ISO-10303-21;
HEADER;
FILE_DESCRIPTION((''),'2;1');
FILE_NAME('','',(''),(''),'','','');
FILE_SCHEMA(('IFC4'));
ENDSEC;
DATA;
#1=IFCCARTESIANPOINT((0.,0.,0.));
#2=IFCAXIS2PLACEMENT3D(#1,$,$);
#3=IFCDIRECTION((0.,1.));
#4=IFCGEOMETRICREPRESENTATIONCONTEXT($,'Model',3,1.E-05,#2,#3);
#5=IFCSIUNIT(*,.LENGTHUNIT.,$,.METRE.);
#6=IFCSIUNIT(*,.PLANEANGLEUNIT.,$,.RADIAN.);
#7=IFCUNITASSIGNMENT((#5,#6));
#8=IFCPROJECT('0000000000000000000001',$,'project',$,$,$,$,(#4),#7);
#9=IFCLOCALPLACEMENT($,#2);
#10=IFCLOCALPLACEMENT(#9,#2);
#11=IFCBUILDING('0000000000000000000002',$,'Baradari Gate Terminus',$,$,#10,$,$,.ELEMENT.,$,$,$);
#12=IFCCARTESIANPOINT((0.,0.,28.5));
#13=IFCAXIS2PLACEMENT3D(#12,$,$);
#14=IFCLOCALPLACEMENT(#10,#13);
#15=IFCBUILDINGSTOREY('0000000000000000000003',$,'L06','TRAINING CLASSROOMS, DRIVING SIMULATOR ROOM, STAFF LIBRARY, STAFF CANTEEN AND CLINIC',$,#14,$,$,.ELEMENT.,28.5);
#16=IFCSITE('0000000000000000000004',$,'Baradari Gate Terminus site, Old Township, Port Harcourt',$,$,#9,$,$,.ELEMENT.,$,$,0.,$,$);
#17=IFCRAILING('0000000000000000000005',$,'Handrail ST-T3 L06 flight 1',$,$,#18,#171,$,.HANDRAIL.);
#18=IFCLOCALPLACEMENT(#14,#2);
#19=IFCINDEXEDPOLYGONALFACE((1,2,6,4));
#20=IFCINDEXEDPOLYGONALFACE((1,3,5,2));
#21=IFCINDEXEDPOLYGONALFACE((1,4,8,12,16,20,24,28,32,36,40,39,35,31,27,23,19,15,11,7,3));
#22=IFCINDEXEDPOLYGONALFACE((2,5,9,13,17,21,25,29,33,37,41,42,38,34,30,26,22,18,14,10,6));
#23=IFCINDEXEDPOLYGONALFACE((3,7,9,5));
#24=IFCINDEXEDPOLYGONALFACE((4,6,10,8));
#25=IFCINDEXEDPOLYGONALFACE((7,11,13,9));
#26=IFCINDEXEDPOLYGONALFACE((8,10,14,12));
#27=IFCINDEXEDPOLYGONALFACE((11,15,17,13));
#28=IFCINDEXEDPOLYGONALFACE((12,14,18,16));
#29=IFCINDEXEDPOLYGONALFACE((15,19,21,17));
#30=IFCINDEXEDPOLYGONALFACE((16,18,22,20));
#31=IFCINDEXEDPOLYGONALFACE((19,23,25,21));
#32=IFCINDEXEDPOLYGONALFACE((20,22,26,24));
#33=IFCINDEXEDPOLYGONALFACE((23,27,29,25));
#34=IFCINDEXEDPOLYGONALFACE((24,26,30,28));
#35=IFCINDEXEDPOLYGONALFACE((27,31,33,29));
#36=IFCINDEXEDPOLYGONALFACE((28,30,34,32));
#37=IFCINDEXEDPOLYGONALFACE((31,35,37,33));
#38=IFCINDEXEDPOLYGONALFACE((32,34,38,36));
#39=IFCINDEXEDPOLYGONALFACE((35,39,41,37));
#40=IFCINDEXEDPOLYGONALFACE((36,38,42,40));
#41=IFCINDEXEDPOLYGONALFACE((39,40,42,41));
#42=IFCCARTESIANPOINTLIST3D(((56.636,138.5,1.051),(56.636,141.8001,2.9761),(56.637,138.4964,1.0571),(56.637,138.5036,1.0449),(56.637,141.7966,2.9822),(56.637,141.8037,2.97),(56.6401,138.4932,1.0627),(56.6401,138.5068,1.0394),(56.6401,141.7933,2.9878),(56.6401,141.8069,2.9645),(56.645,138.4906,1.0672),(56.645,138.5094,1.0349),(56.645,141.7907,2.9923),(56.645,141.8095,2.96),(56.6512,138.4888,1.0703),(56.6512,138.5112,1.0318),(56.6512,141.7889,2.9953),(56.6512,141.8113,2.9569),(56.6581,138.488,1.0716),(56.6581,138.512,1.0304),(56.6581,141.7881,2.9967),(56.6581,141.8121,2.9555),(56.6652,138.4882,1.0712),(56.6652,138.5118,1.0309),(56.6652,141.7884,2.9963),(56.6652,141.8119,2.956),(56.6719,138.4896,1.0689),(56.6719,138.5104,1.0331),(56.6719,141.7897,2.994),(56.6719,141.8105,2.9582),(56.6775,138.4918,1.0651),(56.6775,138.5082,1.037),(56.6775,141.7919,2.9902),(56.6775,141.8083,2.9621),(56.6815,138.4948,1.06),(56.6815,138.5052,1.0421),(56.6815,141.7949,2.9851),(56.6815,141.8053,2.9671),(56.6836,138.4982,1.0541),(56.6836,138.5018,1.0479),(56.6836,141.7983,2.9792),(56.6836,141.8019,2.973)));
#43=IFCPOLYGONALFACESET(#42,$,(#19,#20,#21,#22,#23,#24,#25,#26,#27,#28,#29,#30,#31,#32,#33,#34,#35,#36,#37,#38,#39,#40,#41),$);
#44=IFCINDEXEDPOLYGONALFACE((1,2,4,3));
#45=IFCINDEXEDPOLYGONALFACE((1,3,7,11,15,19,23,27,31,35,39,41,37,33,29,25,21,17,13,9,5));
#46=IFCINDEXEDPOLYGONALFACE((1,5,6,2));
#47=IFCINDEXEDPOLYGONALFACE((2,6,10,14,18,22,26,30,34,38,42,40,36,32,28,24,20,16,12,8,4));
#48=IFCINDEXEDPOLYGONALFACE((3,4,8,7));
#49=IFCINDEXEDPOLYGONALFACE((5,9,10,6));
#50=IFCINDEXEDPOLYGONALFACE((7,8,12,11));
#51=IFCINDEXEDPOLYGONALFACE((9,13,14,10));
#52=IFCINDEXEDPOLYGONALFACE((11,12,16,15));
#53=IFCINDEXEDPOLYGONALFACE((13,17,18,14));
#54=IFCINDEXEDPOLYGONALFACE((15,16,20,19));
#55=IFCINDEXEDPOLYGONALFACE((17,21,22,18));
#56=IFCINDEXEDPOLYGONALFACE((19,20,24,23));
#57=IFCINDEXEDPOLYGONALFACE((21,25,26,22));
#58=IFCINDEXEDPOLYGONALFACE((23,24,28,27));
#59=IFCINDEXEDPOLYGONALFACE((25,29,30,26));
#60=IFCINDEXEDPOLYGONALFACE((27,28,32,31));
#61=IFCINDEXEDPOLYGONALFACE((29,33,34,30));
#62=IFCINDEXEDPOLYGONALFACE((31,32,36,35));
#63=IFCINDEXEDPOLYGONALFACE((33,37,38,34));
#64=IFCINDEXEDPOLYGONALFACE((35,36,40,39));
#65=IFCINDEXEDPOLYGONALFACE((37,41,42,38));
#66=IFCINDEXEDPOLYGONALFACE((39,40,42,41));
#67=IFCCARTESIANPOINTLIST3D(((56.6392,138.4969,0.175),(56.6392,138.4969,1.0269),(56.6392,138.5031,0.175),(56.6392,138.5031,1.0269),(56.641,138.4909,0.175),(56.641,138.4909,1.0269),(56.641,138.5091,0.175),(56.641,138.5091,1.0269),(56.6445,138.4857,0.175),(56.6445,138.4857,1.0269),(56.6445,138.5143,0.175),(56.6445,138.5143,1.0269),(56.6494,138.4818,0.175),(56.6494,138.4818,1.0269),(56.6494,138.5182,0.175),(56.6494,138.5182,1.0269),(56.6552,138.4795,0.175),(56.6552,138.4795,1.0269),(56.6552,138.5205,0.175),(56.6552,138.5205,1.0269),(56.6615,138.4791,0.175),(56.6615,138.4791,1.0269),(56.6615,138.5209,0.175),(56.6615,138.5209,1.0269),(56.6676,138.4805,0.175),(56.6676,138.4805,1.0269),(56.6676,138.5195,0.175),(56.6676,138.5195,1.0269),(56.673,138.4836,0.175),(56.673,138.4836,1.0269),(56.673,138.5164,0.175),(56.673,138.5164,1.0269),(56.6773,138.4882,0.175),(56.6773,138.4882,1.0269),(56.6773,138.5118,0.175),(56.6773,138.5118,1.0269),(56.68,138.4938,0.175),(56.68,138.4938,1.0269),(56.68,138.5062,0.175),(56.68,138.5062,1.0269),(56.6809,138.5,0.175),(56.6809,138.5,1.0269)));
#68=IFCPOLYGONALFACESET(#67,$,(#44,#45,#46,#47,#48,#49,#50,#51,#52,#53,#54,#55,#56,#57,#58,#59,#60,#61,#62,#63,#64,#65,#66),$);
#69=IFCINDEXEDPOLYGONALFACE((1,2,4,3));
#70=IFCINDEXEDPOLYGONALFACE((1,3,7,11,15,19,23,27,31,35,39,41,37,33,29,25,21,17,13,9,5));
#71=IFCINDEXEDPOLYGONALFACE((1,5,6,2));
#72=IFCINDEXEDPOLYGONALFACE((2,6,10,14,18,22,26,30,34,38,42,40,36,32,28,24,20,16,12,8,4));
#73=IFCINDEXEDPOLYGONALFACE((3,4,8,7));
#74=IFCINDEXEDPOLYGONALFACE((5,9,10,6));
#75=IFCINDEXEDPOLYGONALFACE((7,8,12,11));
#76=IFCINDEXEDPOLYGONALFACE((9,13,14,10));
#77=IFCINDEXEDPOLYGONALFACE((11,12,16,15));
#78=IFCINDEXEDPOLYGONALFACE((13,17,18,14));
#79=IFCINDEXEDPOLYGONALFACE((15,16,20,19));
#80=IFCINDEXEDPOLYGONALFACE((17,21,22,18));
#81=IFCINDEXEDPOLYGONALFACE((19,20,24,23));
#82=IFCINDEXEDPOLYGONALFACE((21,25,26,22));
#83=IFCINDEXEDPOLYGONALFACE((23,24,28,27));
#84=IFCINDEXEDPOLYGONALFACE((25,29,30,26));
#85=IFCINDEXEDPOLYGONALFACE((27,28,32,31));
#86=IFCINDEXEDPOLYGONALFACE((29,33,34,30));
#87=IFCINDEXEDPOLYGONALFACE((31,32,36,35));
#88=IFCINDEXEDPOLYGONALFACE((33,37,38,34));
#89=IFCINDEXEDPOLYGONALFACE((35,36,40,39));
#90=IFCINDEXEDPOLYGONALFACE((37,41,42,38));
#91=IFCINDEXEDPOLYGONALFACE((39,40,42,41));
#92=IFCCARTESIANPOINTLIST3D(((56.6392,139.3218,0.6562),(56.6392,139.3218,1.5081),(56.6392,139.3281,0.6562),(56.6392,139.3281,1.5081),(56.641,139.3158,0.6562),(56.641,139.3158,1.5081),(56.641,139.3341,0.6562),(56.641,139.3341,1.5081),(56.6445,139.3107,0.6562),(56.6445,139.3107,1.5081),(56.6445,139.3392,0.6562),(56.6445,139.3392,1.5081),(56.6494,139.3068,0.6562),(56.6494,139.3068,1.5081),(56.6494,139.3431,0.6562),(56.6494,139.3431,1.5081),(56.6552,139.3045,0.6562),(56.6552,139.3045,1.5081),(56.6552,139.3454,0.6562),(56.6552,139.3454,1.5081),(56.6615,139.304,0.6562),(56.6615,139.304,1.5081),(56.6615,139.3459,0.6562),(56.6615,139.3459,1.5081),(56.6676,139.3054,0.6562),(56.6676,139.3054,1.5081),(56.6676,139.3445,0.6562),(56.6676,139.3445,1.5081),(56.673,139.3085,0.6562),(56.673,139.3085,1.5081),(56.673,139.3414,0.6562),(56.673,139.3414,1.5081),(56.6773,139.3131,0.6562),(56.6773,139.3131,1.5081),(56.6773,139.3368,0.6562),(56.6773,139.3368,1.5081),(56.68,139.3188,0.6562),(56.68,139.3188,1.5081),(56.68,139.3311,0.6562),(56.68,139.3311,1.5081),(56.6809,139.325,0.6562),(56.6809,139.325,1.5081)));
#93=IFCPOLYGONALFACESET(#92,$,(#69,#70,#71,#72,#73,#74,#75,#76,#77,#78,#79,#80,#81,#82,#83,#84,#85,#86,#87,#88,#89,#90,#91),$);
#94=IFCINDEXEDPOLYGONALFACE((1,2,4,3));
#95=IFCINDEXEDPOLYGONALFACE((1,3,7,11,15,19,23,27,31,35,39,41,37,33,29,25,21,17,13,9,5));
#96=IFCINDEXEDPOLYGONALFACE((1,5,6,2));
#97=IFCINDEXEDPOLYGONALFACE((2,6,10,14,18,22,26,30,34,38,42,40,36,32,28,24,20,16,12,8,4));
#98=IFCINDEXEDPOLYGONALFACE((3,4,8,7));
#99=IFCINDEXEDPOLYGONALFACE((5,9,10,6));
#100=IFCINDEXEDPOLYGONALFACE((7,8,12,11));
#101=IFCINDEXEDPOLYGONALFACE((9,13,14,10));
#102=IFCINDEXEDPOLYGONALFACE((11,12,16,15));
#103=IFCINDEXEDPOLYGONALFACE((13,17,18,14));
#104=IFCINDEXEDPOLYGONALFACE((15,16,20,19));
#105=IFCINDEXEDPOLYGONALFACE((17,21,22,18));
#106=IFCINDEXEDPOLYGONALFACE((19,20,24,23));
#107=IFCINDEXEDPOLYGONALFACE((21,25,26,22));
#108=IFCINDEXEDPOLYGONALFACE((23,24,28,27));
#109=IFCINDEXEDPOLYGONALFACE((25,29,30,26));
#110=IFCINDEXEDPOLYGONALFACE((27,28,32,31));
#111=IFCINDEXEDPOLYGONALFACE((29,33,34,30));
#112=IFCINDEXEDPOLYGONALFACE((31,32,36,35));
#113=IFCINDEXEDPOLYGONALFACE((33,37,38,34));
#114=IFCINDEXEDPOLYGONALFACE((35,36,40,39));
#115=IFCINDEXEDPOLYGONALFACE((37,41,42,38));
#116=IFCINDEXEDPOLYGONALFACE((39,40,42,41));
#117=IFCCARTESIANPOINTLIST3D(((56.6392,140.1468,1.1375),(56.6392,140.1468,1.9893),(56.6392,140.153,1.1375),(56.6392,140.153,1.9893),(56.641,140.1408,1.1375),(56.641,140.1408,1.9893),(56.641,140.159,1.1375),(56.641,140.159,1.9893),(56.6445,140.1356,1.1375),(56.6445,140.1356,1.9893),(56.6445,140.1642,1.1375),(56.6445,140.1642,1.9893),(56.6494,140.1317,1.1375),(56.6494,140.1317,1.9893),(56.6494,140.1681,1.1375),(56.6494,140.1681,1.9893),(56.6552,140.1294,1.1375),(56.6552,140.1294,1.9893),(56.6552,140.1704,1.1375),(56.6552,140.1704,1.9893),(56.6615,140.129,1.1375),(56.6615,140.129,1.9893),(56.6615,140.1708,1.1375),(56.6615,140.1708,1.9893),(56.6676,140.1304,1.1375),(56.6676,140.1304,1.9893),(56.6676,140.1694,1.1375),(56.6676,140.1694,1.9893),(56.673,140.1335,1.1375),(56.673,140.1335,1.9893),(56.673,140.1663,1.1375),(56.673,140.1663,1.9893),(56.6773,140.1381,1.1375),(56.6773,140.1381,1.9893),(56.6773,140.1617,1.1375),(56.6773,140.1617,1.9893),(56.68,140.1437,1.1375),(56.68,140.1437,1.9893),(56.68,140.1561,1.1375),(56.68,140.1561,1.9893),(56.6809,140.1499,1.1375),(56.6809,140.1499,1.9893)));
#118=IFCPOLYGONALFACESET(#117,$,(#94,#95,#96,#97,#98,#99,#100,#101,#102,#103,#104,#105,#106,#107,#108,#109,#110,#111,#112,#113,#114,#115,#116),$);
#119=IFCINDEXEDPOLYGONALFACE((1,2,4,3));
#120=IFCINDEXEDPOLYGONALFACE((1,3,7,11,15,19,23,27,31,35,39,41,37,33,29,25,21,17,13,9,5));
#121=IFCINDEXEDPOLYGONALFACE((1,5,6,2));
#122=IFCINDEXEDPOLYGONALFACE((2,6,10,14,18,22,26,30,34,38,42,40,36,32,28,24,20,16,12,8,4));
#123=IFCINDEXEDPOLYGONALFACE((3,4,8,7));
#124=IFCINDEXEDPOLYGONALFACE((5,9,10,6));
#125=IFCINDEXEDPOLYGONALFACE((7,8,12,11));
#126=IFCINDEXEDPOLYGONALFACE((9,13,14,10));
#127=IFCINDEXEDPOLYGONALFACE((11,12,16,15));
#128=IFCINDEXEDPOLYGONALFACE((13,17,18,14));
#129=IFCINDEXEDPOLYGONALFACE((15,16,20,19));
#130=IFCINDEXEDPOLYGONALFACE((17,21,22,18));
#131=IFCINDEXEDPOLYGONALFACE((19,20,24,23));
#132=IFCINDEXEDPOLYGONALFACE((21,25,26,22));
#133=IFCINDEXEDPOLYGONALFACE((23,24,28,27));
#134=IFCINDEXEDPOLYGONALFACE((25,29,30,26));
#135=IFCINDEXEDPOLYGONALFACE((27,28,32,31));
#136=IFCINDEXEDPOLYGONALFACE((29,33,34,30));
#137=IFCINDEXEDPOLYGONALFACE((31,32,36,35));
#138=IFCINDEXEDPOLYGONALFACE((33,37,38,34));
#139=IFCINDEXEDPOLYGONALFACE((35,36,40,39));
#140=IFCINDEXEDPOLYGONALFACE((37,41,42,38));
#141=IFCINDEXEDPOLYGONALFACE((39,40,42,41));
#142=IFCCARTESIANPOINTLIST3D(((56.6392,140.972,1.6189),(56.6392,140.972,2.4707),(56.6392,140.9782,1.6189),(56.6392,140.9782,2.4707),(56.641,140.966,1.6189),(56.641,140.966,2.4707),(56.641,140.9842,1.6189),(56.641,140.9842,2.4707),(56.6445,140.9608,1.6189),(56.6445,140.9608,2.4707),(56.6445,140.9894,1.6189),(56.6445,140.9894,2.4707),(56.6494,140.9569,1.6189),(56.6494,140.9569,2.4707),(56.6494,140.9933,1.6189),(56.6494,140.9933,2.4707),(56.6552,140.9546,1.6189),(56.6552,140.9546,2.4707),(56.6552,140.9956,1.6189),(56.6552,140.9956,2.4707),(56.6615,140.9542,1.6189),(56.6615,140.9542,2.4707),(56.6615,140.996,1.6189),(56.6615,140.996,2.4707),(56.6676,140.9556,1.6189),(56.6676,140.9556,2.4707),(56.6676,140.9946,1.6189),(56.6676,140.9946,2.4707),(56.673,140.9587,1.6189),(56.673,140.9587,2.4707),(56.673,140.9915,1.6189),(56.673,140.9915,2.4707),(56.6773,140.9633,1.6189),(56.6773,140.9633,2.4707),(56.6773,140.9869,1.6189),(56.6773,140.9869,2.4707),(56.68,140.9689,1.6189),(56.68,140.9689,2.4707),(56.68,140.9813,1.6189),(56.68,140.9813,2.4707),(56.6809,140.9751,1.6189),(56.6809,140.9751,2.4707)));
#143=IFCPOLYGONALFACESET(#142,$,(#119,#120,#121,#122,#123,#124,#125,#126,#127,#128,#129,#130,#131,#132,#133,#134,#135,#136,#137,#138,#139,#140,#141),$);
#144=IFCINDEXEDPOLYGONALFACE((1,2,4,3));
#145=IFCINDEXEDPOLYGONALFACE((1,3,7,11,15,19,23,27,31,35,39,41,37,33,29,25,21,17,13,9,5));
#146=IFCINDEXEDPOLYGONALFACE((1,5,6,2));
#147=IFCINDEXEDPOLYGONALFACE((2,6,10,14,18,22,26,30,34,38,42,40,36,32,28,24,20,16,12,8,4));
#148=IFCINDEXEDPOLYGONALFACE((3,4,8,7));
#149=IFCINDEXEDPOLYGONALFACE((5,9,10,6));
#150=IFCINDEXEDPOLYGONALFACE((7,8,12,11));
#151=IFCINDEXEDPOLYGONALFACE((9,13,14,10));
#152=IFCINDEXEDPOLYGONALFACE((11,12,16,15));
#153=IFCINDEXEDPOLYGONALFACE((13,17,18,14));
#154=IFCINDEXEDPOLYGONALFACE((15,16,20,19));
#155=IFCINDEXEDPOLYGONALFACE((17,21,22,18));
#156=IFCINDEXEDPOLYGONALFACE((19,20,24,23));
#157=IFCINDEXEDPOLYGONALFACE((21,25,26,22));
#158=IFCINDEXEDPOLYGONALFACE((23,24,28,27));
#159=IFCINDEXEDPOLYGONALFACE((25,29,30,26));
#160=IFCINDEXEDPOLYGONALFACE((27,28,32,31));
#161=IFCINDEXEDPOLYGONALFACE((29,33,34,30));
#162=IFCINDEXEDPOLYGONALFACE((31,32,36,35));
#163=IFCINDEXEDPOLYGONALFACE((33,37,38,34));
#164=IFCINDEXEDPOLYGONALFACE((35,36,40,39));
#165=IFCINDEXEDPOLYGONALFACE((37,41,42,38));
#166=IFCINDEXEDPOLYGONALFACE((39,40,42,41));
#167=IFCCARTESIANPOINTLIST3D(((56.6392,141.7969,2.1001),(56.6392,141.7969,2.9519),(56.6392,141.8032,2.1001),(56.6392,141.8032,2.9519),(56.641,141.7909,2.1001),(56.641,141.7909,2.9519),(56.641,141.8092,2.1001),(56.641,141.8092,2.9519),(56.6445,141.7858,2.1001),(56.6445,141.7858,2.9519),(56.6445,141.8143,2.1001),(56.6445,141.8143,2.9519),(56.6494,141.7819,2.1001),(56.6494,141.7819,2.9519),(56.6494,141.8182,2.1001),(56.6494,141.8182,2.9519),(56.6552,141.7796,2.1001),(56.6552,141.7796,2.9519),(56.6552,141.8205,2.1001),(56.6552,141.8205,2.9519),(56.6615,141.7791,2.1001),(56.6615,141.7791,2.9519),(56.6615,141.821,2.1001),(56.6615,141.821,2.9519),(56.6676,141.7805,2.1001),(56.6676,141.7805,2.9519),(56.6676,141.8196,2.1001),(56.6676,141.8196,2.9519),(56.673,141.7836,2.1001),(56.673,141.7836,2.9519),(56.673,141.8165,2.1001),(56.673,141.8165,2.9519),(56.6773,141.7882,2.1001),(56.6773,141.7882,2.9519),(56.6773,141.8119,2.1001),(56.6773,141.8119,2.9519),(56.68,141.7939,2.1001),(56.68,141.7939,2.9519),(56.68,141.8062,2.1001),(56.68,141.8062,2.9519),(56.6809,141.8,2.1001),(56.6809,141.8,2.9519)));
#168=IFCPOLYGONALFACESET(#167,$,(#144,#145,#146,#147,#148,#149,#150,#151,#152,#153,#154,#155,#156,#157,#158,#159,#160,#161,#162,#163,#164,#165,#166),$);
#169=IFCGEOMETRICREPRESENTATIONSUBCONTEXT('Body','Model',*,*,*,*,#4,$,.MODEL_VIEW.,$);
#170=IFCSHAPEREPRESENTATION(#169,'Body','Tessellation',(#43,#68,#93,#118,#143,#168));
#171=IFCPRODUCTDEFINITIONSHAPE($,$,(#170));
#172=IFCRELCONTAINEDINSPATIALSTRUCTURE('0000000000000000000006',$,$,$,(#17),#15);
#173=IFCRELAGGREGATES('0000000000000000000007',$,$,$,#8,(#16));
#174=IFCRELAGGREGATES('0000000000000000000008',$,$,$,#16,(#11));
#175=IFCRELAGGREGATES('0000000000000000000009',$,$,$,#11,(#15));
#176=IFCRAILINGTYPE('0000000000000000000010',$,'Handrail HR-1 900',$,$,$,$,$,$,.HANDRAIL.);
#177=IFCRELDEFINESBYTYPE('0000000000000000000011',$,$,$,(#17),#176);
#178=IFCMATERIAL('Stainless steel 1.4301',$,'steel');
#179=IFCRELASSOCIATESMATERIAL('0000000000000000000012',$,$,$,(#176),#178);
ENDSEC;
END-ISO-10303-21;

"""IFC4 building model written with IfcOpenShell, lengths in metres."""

from ifc_helpers import new_model, si_unit, direction, frame, origin, origin_2d, place, context, subcontext, project, spatial, circle, extrude, material, type_object, element, save


model = new_model("IFC4")

# Units and contexts
model_context = context("Model", 3, precision=1e-05, world=origin(), true_north=direction((0.0, 1.0)))
body_context = subcontext(model_context, "Body", "Model", "MODEL_VIEW")
ifc_project = project(units=[si_unit("LENGTHUNIT", "METRE"), si_unit("PLANEANGLEUNIT", "RADIAN")], contexts=[model_context])

# Site, building, storey
site_placement = place(None, origin())
site = spatial("IfcSite", under=ifc_project, at=site_placement, Name="Baradari Gate Terminus site, Old Township, Port Harcourt", CompositionType="ELEMENT", RefElevation=0.0)
building_placement = place(site_placement, origin())
building = spatial("IfcBuilding", under=site, at=building_placement, Name="Baradari Gate Terminus", CompositionType="ELEMENT")
storey_placement = place(building_placement, frame((0.0, 0.0, 28.5)))
storey = spatial("IfcBuildingStorey", under=building, at=storey_placement, Name="L06", Description="TRAINING CLASSROOMS, DRIVING SIMULATOR ROOM, STAFF LIBRARY, STAFF CANTEEN AND CLINIC", CompositionType="ELEMENT", Elevation=28.5)

# Railing
ifc_material_1 = material(Name="Stainless steel 1.4301", Category="steel")
railing_type = type_object("IfcRailingType", Name="Handrail HR-1 900", PredefinedType="HANDRAIL", material=ifc_material_1)
for number, where, name in (
    (1, (56.6599, 138.5, 0.175), "Handrail ST-T3 L06 flight 1"),
):
    element("IfcRailing", number, at=place(storey_placement, frame(where)), inside=storey, type_object=railing_type, Name=name, PredefinedType="HANDRAIL", context=body_context, shape_type="SweptSolid", body=[
        extrude(circle(Radius=0.0239, at=origin_2d()), frame((0.0, 0.0, 0.876), z_axis=(0.0, 0.863777, 0.503875), x_axis=(-1.0, 0.0, 0.0)), (0.0, 0.0, 1.0), 3.8206),
        extrude(circle(Radius=0.021, at=origin_2d()), origin(), (0.0, 0.0, 1.0), 0.8518),
        extrude(circle(Radius=0.021, at=origin_2d()), frame((0.0, 0.825, 0.4812)), (0.0, 0.0, 1.0), 0.8518),
        extrude(circle(Radius=0.021, at=origin_2d()), frame((0.0, 1.6499, 0.9624)), (0.0, 0.0, 1.0), 0.8518),
        extrude(circle(Radius=0.021, at=origin_2d()), frame((0.0, 2.4751, 1.4438)), (0.0, 0.0, 1.0), 0.8518),
        extrude(circle(Radius=0.021, at=origin_2d()), frame((0.0, 3.3, 1.925)), (0.0, 0.0, 1.0), 0.8518),
    ])

save(model, "model.ifc")
